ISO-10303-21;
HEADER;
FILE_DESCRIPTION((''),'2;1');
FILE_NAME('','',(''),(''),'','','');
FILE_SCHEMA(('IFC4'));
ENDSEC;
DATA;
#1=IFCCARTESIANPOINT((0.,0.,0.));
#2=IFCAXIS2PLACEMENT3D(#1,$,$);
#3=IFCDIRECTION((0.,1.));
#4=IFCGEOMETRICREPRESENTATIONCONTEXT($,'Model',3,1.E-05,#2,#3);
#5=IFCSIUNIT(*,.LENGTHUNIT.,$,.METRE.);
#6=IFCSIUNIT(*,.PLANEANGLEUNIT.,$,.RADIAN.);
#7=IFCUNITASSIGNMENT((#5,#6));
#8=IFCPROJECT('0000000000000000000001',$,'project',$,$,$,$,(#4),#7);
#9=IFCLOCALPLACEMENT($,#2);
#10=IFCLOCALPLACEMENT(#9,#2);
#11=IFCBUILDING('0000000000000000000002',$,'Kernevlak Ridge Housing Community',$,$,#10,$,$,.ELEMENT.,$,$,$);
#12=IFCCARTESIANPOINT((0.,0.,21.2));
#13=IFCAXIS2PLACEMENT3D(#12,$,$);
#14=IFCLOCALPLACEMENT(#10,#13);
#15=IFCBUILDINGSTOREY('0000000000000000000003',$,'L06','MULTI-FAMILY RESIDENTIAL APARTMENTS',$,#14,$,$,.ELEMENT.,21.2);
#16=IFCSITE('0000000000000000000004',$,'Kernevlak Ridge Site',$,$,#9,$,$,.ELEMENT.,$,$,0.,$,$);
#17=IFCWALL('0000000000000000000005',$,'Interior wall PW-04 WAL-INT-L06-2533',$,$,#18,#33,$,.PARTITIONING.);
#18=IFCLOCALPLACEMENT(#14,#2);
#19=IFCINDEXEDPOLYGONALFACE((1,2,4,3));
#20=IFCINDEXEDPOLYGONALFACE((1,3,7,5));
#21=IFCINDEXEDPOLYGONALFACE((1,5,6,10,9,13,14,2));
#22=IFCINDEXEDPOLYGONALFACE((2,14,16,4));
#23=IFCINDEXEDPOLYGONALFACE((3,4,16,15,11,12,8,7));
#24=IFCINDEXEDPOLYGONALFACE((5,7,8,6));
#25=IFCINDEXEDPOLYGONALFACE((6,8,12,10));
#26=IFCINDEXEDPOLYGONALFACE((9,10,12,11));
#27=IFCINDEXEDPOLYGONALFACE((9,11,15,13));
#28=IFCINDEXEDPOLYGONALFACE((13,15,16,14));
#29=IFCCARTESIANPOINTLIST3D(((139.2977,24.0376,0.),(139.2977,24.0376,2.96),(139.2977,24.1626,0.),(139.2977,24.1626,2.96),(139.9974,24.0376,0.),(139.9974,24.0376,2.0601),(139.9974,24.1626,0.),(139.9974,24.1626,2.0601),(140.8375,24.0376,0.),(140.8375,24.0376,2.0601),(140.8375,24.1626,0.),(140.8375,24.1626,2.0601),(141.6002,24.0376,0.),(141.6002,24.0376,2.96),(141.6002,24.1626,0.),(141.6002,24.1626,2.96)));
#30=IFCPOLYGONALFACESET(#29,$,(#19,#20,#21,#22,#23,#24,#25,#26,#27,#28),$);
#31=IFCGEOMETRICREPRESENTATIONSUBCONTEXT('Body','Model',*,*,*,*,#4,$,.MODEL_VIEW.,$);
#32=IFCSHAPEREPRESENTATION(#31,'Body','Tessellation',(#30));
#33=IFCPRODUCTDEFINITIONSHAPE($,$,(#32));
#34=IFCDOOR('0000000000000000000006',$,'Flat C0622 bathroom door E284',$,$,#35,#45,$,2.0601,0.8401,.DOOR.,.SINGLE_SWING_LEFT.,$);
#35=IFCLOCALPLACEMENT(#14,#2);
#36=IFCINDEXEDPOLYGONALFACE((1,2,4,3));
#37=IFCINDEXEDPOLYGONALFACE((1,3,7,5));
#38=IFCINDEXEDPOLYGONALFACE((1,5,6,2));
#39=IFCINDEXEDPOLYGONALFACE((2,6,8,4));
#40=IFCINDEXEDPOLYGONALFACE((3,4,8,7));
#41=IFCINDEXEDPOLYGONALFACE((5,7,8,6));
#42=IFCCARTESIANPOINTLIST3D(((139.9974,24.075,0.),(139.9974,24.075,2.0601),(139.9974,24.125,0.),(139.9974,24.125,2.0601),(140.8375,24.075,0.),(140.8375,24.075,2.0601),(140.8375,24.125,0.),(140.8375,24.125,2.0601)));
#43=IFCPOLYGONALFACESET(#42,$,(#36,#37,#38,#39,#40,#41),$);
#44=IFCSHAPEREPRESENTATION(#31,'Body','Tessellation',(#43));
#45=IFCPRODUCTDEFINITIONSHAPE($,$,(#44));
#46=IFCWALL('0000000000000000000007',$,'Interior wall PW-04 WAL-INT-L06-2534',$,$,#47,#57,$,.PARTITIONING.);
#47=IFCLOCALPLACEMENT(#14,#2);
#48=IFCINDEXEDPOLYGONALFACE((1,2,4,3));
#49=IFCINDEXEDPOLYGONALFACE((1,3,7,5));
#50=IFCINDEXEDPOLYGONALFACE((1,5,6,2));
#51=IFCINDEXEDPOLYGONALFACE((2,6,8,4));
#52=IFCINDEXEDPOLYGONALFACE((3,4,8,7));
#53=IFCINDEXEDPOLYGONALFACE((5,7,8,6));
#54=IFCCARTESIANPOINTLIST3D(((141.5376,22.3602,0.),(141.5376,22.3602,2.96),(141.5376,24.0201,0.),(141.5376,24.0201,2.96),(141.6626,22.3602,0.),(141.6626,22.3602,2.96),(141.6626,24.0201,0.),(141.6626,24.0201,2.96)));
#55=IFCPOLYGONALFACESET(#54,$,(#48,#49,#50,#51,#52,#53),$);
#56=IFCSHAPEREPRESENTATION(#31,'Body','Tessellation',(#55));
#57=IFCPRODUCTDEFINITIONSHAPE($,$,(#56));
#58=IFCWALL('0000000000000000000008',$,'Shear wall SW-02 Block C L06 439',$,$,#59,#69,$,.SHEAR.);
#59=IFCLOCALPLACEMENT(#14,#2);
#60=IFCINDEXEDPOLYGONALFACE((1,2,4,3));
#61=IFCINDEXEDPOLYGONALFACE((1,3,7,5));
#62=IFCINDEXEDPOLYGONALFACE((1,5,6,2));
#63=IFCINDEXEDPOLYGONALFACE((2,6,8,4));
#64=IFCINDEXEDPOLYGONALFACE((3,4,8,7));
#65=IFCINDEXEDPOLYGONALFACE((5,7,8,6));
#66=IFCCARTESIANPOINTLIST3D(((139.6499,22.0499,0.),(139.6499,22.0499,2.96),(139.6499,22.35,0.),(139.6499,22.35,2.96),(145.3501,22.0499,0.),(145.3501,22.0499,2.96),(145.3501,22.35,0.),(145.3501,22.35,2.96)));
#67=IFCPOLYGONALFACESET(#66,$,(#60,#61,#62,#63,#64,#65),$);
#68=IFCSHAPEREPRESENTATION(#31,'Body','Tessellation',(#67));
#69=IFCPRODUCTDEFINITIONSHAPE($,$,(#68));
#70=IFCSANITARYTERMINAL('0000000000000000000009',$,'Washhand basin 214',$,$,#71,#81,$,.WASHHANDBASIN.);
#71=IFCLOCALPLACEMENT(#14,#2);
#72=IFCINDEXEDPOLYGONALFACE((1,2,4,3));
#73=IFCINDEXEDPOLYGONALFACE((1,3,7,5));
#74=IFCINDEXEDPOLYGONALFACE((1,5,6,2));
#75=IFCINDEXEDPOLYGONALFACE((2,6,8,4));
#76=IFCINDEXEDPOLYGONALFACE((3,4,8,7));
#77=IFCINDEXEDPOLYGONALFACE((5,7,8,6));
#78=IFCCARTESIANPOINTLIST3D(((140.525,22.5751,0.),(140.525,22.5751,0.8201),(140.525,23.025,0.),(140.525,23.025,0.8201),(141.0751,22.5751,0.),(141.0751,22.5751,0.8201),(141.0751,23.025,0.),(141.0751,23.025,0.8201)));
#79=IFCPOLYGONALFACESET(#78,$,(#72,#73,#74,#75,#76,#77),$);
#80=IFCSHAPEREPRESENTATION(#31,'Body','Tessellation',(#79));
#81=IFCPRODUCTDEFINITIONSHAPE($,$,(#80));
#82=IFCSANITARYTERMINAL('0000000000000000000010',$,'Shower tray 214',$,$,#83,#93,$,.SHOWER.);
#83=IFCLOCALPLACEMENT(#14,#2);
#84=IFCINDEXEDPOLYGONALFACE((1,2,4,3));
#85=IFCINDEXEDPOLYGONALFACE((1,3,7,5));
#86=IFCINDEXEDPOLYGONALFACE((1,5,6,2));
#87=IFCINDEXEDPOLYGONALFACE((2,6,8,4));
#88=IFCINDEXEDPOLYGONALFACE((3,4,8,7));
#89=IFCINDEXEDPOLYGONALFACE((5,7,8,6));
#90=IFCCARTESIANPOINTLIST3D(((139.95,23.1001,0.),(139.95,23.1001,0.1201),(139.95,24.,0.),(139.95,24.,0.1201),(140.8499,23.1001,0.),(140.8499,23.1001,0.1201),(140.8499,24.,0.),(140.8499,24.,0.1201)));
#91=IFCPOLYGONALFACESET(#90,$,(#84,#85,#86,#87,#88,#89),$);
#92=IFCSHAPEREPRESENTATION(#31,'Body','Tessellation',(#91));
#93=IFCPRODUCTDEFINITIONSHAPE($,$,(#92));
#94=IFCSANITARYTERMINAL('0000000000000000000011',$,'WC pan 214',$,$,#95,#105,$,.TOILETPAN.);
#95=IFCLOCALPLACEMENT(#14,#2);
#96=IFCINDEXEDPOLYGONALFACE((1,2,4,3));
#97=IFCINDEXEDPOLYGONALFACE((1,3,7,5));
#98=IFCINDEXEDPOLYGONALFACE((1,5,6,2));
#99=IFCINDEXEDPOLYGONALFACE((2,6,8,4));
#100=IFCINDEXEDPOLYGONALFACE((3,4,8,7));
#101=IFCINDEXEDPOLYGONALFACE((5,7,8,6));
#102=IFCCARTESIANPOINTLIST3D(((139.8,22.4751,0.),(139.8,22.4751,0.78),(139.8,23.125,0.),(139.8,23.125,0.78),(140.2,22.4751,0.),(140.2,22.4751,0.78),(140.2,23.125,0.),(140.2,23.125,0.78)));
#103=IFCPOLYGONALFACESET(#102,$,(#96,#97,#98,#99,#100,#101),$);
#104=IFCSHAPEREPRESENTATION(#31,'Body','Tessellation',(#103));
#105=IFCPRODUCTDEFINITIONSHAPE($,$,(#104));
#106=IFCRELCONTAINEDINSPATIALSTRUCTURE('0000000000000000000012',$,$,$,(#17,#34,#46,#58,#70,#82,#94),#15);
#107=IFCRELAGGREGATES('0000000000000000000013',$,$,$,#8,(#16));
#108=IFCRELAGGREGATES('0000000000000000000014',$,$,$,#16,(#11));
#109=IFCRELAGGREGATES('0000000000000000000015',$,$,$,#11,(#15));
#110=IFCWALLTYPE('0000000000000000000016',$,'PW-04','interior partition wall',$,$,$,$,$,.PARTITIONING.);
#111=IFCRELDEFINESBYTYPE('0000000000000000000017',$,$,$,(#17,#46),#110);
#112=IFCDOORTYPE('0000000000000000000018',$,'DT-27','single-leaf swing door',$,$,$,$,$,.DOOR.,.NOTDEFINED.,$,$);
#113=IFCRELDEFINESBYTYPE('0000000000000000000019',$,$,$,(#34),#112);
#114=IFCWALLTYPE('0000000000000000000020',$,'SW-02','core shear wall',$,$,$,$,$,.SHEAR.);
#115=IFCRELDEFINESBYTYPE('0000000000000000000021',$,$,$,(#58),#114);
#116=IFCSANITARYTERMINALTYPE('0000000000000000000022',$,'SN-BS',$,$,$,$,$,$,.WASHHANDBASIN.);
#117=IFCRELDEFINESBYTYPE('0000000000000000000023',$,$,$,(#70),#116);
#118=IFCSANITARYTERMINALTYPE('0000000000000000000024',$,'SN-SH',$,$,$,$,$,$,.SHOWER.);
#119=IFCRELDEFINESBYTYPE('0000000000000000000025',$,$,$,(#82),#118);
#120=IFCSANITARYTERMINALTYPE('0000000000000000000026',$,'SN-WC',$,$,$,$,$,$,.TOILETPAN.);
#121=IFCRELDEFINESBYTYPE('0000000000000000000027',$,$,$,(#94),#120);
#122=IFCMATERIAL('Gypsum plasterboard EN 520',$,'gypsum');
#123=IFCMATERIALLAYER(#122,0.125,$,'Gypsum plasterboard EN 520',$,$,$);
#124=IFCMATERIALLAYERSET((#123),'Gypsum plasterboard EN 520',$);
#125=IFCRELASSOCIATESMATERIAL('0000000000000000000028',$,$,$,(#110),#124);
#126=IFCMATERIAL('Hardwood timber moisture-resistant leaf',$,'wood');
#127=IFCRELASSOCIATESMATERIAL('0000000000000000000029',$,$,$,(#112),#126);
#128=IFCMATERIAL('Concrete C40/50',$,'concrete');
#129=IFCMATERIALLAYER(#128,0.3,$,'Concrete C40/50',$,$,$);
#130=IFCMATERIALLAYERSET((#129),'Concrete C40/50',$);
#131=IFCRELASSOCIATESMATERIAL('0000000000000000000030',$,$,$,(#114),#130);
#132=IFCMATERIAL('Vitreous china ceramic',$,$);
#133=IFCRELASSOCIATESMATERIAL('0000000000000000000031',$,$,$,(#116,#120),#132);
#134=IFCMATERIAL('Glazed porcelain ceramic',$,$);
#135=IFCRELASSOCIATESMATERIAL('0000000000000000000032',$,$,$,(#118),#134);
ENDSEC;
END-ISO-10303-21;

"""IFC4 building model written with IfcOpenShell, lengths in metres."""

from ifc_helpers import new_model, si_unit, direction, frame, frame_2d, origin, origin_2d, place, context, subcontext, project, spatial, rectangle, extrude, material, layer, layer_set, type_object, element, fill, save


model = new_model("IFC4")

# Units and contexts
model_context = context("Model", 3, precision=1e-05, world=origin(), true_north=direction((0.0, 1.0)))
body_context = subcontext(model_context, "Body", "Model", "MODEL_VIEW")
ifc_project = project(units=[si_unit("LENGTHUNIT", "METRE"), si_unit("PLANEANGLEUNIT", "RADIAN")], contexts=[model_context])

# Site, building, storey
site_placement = place(None, origin())
site = spatial("IfcSite", under=ifc_project, at=site_placement, Name="Kernevlak Ridge Site", CompositionType="ELEMENT", RefElevation=0.0)
building_placement = place(site_placement, origin())
building = spatial("IfcBuilding", under=site, at=building_placement, Name="Kernevlak Ridge Housing Community", CompositionType="ELEMENT")
storey_placement = place(building_placement, frame((0.0, 0.0, 21.2)))
storey = spatial("IfcBuildingStorey", under=building, at=storey_placement, Name="L06", Description="MULTI-FAMILY RESIDENTIAL APARTMENTS", CompositionType="ELEMENT", Elevation=21.2)

# Wall, opening, door
ifc_material_1 = material(Name="Gypsum plasterboard EN 520", Category="gypsum")
ifc_layer_1 = layer(ifc_material_1, 0.125, Name="Gypsum plasterboard EN 520")
ifc_layer_set_1 = layer_set([ifc_layer_1], Name="Gypsum plasterboard EN 520")
wall_type_1 = type_object("IfcWallType", Name="PW-04", Description="interior partition wall", PredefinedType="PARTITIONING", material=ifc_layer_set_1)
wall_1_placement = place(storey_placement, frame((139.2976, 24.1001, 0.0), z_axis=(0.0, 0.0, 1.0), x_axis=(1.0, 0.0, 0.0)))
wall_1 = element("IfcWall", 1, at=wall_1_placement, inside=storey, type_object=wall_type_1, Name="Interior wall PW-04 WAL-INT-L06-2533", PredefinedType="PARTITIONING", context=body_context, shape_type="SweptSolid", body=[
    extrude(rectangle(XDim=2.3025, YDim=0.125, at=frame_2d((1.1514, 0.0))), origin(), (0.0, 0.0, 1.0), 2.96),
])
opening_1_placement = place(wall_1_placement, frame((0.7, 0.0, 0.0)))
opening_1 = element("IfcOpeningElement", 2, at=opening_1_placement, cuts=wall_1, PredefinedType="OPENING", context=body_context, shape_type="SweptSolid", body=[
    extrude(rectangle(XDim=0.8401, YDim=2.0601, at=frame_2d((0.4199, 1.03))), frame((0.0, 0.0725, 0.0), z_axis=(0.0, -1.0, 0.0), x_axis=(1.0, 0.0, 0.0)), (0.0, 0.0, 1.0), 0.145),
])
ifc_material_2 = material(Name="Hardwood timber moisture-resistant leaf", Category="wood")
door_type_1 = type_object("IfcDoorType", Name="DT-27", Description="single-leaf swing door", OperationType="NOTDEFINED", PredefinedType="DOOR", material=ifc_material_2)
door_1_placement = place(opening_1_placement, origin())
door_1 = element("IfcDoor", 3, at=door_1_placement, inside=storey, type_object=door_type_1, Name="Flat C0622 bathroom door E284", OperationType="SINGLE_SWING_LEFT", OverallHeight=2.0601, OverallWidth=0.8401, PredefinedType="DOOR", context=body_context, shape_type="SweptSolid", body=[
    extrude(rectangle(XDim=0.8401, YDim=2.0601, at=frame_2d((0.4199, 1.03))), frame((0.0, 0.0249, 0.0), z_axis=(0.0, -1.0, 0.0), x_axis=(1.0, 0.0, 0.0)), (0.0, 0.0, 1.0), 0.05),
])
fill(opening_1, door_1)

# Walls
wall_2_placement = place(storey_placement, frame((141.6001, 22.3601, 0.0), z_axis=(0.0, 0.0, 1.0), x_axis=(0.0, 1.0, 0.0)))
element("IfcWall", 4, at=wall_2_placement, inside=storey, type_object=wall_type_1, Name="Interior wall PW-04 WAL-INT-L06-2534", PredefinedType="PARTITIONING", context=body_context, shape_type="SweptSolid", body=[
    extrude(rectangle(XDim=1.6599, YDim=0.125, at=frame_2d((0.8301, 0.0))), origin(), (0.0, 0.0, 1.0), 2.96),
])
ifc_material_3 = material(Name="Concrete C40/50", Category="concrete")
ifc_layer_2 = layer(ifc_material_3, 0.3, Name="Concrete C40/50")
ifc_layer_set_2 = layer_set([ifc_layer_2], Name="Concrete C40/50")
wall_type_2 = type_object("IfcWallType", Name="SW-02", Description="core shear wall", PredefinedType="SHEAR", material=ifc_layer_set_2)
wall_3_placement = place(storey_placement, frame((139.6499, 22.2, 0.0), z_axis=(0.0, 0.0, 1.0), x_axis=(1.0, 0.0, 0.0)))
element("IfcWall", 5, at=wall_3_placement, inside=storey, type_object=wall_type_2, Name="Shear wall SW-02 Block C L06 439", PredefinedType="SHEAR", context=body_context, shape_type="SweptSolid", body=[
    extrude(rectangle(XDim=5.7002, YDim=0.3, at=frame_2d((2.8501, 0.0))), origin(), (0.0, 0.0, 1.0), 2.96),
])

# Sanitary terminals
ifc_material_4 = material(Name="Vitreous china ceramic")
sanitary_terminal_type_1 = type_object("IfcSanitaryTerminalType", Name="SN-BS", PredefinedType="WASHHANDBASIN", material=ifc_material_4)
sanitary_terminal_1_placement = place(storey_placement, frame((140.8, 22.8, 0.0), z_axis=(0.0, 0.0, 1.0), x_axis=(1.0, 0.0, 0.0)))
element("IfcSanitaryTerminal", 6, at=sanitary_terminal_1_placement, inside=storey, type_object=sanitary_terminal_type_1, Name="Washhand basin 214", PredefinedType="WASHHANDBASIN", context=body_context, shape_type="SweptSolid", body=[
    extrude(rectangle(XDim=0.55, YDim=0.45, at=origin_2d()), origin(), (0.0, 0.0, 1.0), 0.8201),
])
ifc_material_5 = material(Name="Glazed porcelain ceramic")
sanitary_terminal_type_2 = type_object("IfcSanitaryTerminalType", Name="SN-SH", PredefinedType="SHOWER", material=ifc_material_5)
sanitary_terminal_2_placement = place(storey_placement, frame((140.3999, 23.55, 0.0), z_axis=(0.0, 0.0, 1.0), x_axis=(1.0, 0.0, 0.0)))
element("IfcSanitaryTerminal", 7, at=sanitary_terminal_2_placement, inside=storey, type_object=sanitary_terminal_type_2, Name="Shower tray 214", PredefinedType="SHOWER", context=body_context, shape_type="SweptSolid", body=[
    extrude(rectangle(XDim=0.8999, YDim=0.8999, at=origin_2d()), origin(), (0.0, 0.0, 1.0), 0.1201),
])
sanitary_terminal_type_3 = type_object("IfcSanitaryTerminalType", Name="SN-WC", PredefinedType="TOILETPAN", material=ifc_material_4)
sanitary_terminal_3_placement = place(storey_placement, frame((140.0, 22.8, 0.0), z_axis=(0.0, 0.0, 1.0), x_axis=(1.0, 0.0, 0.0)))
element("IfcSanitaryTerminal", 8, at=sanitary_terminal_3_placement, inside=storey, type_object=sanitary_terminal_type_3, Name="WC pan 214", PredefinedType="TOILETPAN", context=body_context, shape_type="SweptSolid", body=[
    extrude(rectangle(XDim=0.3999, YDim=0.6499, at=origin_2d()), origin(), (0.0, 0.0, 1.0), 0.78),
])

save(model, "model.ifc")
